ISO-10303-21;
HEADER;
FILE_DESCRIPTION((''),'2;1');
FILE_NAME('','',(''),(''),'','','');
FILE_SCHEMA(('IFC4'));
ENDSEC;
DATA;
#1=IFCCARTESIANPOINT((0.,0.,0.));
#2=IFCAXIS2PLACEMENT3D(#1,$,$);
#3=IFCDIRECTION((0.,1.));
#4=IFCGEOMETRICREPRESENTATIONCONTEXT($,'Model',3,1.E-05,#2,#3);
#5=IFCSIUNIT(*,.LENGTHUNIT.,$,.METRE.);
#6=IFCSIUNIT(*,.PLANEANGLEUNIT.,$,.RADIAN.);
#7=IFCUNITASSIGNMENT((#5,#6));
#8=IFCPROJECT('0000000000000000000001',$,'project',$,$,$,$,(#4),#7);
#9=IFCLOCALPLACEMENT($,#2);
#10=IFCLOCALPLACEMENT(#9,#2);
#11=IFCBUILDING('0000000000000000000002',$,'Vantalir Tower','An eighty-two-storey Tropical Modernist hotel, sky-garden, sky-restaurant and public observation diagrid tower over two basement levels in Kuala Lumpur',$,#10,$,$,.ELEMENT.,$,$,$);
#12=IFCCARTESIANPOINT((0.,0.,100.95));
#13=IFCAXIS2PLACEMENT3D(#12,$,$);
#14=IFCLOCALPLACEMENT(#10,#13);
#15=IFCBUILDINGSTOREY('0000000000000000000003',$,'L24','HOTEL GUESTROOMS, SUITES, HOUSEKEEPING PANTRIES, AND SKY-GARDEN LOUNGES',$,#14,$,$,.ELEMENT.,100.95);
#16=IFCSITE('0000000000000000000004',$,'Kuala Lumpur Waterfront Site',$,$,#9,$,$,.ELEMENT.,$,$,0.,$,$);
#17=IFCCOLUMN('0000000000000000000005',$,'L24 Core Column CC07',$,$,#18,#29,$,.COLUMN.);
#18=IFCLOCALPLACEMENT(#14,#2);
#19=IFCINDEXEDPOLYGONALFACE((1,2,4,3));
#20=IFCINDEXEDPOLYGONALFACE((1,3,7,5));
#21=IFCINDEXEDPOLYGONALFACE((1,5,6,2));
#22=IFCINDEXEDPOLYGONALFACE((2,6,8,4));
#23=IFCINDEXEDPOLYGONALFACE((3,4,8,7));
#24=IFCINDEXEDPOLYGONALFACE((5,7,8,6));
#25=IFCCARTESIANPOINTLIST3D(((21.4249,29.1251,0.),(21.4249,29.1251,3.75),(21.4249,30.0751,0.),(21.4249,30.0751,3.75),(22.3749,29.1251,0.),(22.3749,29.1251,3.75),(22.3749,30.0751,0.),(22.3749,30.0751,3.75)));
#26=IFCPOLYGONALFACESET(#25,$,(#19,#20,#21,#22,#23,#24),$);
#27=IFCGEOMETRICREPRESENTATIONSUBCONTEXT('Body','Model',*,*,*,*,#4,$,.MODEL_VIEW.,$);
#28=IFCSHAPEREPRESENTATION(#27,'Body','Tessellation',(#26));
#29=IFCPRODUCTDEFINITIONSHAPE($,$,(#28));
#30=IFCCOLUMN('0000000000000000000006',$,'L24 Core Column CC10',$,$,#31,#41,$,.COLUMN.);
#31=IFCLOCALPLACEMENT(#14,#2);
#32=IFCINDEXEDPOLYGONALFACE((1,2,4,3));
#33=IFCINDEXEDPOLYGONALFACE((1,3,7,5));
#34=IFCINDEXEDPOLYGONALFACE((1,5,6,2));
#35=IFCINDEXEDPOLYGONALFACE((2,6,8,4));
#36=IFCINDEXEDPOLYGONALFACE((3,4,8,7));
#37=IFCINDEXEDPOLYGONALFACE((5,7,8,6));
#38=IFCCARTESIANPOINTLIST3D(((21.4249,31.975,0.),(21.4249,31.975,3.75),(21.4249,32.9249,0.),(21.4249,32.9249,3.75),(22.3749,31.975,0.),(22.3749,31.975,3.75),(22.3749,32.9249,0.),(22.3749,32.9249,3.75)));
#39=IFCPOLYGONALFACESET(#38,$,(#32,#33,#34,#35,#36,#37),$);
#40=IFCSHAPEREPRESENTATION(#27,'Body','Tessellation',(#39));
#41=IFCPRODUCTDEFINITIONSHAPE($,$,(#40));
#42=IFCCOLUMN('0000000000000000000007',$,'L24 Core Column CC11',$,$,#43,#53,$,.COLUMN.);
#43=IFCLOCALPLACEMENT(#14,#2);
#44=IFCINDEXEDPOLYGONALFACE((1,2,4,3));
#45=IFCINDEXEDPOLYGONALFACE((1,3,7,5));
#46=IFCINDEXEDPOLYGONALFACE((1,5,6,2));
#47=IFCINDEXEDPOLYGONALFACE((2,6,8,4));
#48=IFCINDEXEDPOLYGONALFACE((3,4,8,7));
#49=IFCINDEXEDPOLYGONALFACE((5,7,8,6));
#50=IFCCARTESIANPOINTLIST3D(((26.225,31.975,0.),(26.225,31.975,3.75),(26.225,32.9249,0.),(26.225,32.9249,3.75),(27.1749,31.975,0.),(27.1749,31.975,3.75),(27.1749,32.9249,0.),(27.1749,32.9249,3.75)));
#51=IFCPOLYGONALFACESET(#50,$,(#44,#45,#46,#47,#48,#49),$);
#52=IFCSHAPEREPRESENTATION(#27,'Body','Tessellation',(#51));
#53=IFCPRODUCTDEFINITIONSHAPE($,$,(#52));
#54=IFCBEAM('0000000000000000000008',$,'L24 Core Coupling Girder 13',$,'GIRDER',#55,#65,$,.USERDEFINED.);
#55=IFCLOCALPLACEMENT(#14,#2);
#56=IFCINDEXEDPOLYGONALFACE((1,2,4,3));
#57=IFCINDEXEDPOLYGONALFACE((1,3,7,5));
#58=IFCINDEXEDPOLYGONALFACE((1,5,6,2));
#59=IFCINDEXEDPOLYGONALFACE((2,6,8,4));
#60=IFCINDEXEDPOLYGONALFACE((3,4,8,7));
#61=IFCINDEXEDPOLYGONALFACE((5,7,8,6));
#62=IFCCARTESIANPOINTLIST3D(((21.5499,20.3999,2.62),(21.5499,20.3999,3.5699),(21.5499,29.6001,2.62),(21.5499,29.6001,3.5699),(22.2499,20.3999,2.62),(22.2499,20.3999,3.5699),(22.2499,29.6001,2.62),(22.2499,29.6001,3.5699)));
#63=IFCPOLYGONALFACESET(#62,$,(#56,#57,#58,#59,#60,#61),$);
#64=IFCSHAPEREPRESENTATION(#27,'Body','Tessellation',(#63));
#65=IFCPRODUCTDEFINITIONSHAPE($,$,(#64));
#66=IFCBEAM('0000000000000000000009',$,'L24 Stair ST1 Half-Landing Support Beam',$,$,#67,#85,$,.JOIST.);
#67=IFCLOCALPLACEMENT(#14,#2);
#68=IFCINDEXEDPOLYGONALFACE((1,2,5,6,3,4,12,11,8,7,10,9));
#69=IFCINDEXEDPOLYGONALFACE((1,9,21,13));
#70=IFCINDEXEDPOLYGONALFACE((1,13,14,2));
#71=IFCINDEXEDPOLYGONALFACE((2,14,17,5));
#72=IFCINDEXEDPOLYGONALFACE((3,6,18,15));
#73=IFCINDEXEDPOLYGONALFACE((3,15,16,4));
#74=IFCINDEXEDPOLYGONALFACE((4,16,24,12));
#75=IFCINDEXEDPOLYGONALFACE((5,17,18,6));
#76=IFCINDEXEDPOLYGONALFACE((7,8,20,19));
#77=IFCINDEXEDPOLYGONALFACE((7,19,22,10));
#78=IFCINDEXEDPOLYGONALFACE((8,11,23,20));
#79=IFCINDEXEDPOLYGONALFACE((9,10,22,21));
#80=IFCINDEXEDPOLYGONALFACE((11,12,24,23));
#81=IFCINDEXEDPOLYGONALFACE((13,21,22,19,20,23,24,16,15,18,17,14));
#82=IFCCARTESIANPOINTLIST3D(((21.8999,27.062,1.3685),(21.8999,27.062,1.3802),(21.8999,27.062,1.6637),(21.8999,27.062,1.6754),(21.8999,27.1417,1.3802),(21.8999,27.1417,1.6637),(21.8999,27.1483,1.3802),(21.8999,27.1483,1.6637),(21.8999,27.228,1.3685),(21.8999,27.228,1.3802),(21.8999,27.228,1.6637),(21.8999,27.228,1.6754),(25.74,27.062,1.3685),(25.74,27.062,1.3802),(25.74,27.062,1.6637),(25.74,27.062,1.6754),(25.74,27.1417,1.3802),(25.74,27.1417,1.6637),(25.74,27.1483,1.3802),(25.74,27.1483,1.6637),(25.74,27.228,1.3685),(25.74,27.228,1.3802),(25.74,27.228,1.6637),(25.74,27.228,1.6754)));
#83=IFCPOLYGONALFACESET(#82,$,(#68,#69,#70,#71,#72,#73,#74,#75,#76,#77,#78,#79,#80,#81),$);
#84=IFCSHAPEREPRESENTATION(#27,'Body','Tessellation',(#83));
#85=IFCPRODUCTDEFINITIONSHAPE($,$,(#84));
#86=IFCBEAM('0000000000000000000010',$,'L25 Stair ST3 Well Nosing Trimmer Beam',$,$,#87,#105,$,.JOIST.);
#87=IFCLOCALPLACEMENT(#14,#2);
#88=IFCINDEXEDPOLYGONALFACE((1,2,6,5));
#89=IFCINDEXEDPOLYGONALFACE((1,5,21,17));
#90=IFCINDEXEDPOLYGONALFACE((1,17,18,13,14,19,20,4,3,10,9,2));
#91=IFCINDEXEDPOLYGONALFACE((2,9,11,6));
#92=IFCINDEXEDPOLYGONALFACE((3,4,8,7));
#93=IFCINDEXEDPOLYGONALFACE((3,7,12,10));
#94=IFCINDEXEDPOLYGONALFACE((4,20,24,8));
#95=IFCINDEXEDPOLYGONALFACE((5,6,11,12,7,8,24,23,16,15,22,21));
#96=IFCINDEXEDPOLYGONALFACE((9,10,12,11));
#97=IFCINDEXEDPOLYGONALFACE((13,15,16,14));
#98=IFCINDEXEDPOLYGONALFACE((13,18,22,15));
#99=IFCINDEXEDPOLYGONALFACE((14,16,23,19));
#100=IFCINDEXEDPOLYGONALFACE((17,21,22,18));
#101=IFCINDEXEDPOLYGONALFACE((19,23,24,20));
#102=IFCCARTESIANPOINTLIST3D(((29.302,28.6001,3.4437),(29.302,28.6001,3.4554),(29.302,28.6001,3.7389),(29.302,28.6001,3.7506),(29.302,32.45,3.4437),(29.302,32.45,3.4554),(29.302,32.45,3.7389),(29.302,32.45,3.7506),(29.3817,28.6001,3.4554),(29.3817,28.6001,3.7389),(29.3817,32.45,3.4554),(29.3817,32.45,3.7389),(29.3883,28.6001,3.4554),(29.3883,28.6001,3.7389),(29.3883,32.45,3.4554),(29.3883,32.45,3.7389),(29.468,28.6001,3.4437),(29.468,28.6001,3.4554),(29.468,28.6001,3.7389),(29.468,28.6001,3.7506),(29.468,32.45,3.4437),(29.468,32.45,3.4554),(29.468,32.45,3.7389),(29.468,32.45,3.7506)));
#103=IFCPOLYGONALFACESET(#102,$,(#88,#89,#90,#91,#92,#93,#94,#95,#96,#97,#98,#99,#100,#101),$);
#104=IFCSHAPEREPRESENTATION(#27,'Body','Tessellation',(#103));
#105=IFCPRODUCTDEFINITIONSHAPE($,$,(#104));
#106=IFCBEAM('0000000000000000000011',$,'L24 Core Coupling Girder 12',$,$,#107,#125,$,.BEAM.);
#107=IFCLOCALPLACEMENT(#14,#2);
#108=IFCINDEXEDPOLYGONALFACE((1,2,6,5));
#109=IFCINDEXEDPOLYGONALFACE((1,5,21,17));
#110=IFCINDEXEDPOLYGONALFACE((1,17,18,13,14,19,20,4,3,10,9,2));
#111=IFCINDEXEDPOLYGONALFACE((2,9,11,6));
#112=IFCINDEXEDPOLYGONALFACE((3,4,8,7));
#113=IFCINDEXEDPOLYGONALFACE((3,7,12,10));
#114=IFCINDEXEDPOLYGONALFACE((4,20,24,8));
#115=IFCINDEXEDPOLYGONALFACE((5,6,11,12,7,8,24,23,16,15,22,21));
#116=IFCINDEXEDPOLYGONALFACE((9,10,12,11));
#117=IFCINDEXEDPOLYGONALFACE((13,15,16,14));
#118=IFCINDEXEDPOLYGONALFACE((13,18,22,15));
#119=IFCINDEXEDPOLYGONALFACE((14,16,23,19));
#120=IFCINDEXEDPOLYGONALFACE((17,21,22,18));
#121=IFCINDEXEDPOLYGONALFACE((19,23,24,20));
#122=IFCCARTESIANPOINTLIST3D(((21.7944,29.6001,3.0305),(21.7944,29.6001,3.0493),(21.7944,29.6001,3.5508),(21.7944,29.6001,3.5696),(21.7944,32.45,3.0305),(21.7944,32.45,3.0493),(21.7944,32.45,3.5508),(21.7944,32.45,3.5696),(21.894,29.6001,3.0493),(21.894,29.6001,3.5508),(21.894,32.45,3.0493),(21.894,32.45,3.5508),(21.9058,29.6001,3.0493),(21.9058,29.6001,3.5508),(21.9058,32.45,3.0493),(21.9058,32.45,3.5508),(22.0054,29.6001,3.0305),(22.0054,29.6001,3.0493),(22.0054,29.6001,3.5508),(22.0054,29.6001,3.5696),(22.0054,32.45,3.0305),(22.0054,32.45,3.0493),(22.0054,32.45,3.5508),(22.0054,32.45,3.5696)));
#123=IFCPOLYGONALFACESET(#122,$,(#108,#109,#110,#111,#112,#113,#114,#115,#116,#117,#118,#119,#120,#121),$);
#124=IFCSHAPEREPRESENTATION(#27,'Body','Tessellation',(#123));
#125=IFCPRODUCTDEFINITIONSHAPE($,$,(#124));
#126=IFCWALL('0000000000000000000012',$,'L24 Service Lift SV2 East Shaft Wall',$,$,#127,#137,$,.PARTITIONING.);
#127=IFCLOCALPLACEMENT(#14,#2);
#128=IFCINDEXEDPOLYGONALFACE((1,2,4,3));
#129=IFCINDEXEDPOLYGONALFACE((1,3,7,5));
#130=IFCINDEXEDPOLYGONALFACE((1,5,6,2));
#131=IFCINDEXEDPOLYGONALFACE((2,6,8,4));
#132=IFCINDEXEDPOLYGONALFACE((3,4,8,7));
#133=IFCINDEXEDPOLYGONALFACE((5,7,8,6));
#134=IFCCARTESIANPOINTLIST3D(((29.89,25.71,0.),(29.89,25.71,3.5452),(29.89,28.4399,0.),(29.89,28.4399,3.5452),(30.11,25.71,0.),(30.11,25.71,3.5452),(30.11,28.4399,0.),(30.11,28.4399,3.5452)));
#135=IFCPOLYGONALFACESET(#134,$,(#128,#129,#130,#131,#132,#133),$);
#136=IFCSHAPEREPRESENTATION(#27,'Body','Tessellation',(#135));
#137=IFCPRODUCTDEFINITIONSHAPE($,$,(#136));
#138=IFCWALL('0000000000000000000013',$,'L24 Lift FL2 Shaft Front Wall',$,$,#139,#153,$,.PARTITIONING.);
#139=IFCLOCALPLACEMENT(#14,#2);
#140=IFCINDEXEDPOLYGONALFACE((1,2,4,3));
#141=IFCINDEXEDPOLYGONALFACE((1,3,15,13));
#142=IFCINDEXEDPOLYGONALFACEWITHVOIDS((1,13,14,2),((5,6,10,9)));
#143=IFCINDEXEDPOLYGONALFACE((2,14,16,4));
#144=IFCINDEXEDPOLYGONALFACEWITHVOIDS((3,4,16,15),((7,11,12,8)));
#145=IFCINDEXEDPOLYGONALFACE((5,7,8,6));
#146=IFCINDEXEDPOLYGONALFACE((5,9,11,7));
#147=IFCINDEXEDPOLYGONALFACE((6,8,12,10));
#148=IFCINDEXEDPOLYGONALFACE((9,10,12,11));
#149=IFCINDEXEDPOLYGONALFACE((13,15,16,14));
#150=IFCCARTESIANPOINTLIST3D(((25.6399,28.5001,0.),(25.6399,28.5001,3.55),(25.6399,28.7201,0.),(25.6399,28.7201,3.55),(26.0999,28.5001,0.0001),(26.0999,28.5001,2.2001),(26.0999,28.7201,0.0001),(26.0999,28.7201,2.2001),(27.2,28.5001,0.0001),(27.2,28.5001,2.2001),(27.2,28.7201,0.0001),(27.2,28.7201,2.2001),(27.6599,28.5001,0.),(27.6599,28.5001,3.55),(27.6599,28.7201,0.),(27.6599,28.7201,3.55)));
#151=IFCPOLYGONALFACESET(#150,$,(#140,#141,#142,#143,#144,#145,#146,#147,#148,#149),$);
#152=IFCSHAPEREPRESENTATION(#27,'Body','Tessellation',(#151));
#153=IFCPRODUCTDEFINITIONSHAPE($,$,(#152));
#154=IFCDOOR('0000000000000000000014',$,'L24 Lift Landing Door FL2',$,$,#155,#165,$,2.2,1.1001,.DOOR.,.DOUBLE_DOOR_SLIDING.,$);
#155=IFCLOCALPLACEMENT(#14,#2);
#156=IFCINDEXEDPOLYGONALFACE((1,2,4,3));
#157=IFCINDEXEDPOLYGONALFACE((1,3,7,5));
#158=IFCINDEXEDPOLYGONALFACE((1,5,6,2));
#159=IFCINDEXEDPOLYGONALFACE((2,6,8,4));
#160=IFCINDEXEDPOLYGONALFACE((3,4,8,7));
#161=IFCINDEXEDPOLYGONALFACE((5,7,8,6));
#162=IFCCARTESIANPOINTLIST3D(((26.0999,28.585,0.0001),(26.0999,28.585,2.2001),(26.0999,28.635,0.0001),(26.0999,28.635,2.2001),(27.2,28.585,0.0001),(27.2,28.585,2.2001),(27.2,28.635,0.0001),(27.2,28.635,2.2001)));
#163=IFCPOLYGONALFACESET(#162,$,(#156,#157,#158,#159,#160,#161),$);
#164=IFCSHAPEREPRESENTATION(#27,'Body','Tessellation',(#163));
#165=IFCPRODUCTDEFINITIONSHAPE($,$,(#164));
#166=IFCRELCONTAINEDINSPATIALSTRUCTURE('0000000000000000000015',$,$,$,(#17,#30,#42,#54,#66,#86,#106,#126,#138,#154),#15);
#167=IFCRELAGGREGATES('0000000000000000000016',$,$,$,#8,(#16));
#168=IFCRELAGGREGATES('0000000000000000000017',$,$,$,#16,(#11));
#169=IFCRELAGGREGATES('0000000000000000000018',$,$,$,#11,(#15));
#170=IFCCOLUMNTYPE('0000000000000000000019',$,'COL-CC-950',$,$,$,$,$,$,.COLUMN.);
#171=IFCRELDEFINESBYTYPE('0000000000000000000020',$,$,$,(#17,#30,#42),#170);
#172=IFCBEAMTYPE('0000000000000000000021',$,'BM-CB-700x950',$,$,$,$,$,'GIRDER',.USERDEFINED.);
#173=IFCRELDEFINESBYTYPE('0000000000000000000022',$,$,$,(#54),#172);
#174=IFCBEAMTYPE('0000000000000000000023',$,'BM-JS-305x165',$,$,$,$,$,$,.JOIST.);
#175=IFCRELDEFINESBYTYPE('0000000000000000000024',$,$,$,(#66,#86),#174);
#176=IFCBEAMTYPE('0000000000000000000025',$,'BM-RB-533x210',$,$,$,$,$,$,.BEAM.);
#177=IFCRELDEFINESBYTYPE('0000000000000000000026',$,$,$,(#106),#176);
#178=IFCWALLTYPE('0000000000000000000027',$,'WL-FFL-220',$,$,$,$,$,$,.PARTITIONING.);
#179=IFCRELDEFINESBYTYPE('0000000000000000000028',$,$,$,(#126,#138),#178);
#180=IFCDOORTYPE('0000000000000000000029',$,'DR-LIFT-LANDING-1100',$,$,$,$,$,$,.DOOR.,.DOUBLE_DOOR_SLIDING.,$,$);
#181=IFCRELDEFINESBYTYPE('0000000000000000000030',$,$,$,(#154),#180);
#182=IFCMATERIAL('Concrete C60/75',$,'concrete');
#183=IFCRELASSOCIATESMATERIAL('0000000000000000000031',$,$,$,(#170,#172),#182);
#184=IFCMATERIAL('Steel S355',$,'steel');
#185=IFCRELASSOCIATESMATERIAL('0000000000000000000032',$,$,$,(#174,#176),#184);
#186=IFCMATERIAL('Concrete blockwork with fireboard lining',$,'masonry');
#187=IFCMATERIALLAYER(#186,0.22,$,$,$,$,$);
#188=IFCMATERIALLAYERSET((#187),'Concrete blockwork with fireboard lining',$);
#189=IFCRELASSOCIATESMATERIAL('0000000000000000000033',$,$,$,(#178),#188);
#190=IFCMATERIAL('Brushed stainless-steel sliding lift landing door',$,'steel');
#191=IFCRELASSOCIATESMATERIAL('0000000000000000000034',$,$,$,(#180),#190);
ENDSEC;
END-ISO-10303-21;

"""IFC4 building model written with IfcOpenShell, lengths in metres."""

from ifc_helpers import new_model, si_unit, direction, frame, frame_2d, origin, origin_2d, place, context, subcontext, project, spatial, rectangle, i_section, extrude, material, layer, layer_set, material_profile, profile_set, type_object, element, fill, save


model = new_model("IFC4")

# Units and contexts
model_context = context("Model", 3, precision=1e-05, world=origin(), true_north=direction((0.0, 1.0)))
body_context = subcontext(model_context, "Body", "Model", "MODEL_VIEW")
ifc_project = project(units=[si_unit("LENGTHUNIT", "METRE"), si_unit("PLANEANGLEUNIT", "RADIAN")], contexts=[model_context])

# Site, building, storey
site_placement = place(None, origin())
site = spatial("IfcSite", under=ifc_project, at=site_placement, Name="Kuala Lumpur Waterfront Site", CompositionType="ELEMENT", RefElevation=0.0)
building_placement = place(site_placement, origin())
building = spatial("IfcBuilding", under=site, at=building_placement, Name="Vantalir Tower", Description="An eighty-two-storey Tropical Modernist hotel, sky-garden, sky-restaurant and public observation diagrid tower over two basement levels in Kuala Lumpur", CompositionType="ELEMENT")
storey_placement = place(building_placement, frame((0.0, 0.0, 100.95)))
storey = spatial("IfcBuildingStorey", under=building, at=storey_placement, Name="L24", Description="HOTEL GUESTROOMS, SUITES, HOUSEKEEPING PANTRIES, AND SKY-GARDEN LOUNGES", CompositionType="ELEMENT", Elevation=100.95)

# Columns
ifc_material_1 = material(Name="Concrete C60/75", Category="concrete")
ifc_material_profile_1 = material_profile(ifc_material_1, rectangle(XDim=0.95, YDim=0.95, at=origin_2d()), Name="Concrete C60/75")
ifc_profile_set_1 = profile_set([ifc_material_profile_1], Name="Concrete C60/75")
column_type = type_object("IfcColumnType", Name="COL-CC-950", PredefinedType="COLUMN", material=ifc_profile_set_1)
for number, where, z_axis, x_axis, name in (
    (1, (21.8999, 29.6001, 0.0), (0.0, 0.0, 1.0), (1.0, 0.0, 0.0), "L24 Core Column CC07"),
    (2, (21.8999, 32.45, 0.0), (0.0, 0.0, 1.0), (1.0, 0.0, 0.0), "L24 Core Column CC10"),
    (3, (26.7, 32.45, 0.0), (0.0, 0.0, 1.0), (1.0, 0.0, 0.0), "L24 Core Column CC11"),
):
    element("IfcColumn", number, at=place(storey_placement, frame(where, z_axis=z_axis, x_axis=x_axis)), inside=storey, type_object=column_type, Name=name, PredefinedType="COLUMN", context=body_context, shape_type="SweptSolid", body=[
        extrude(rectangle(XDim=0.95, YDim=0.95, at=origin_2d()), origin(), (0.0, 0.0, 1.0), 3.75),
    ])

# Beams
ifc_material_profile_2 = material_profile(ifc_material_1, rectangle(XDim=0.7, YDim=0.95, at=origin_2d()), Name="Concrete C60/75")
ifc_profile_set_2 = profile_set([ifc_material_profile_2], Name="Concrete C60/75")
beam_type_1 = type_object("IfcBeamType", Name="BM-CB-700x950", ElementType="GIRDER", PredefinedType="USERDEFINED", material=ifc_profile_set_2)
beam_1_placement = place(storey_placement, frame((21.8999, 29.6001, 3.095), z_axis=(0.0, -1.0, 0.0), x_axis=(1.0, 0.0, 0.0)))
element("IfcBeam", 4, at=beam_1_placement, inside=storey, type_object=beam_type_1, Name="L24 Core Coupling Girder 13", ObjectType="GIRDER", PredefinedType="USERDEFINED", context=body_context, shape_type="SweptSolid", body=[
    extrude(rectangle(XDim=0.7, YDim=0.95, at=origin_2d()), origin(), (0.0, 0.0, 1.0), 9.2002),
])
ifc_material_2 = material(Name="Steel S355", Category="steel")
ifc_material_profile_3 = material_profile(ifc_material_2, i_section(OverallWidth=0.166, OverallDepth=0.3069, WebThickness=0.0066, FlangeThickness=0.0117, at=origin_2d()), Name="Steel S355")
ifc_profile_set_3 = profile_set([ifc_material_profile_3], Name="Steel S355")
beam_type_2 = type_object("IfcBeamType", Name="BM-JS-305x165", PredefinedType="JOIST", material=ifc_profile_set_3)
beam_2_placement = place(storey_placement, frame((21.8999, 27.145, 1.522), z_axis=(1.0, 0.0, 0.0), x_axis=(0.0, 1.0, 0.0)))
element("IfcBeam", 5, at=beam_2_placement, inside=storey, type_object=beam_type_2, Name="L24 Stair ST1 Half-Landing Support Beam", PredefinedType="JOIST", context=body_context, shape_type="SweptSolid", body=[
    extrude(i_section(OverallWidth=0.166, OverallDepth=0.3069, WebThickness=0.0066, FlangeThickness=0.0117, at=origin_2d()), origin(), (0.0, 0.0, 1.0), 3.8401),
])
beam_3_placement = place(storey_placement, frame((29.385, 28.6001, 3.5972), z_axis=(0.0, 1.0, 0.0), x_axis=(-1.0, 0.0, 0.0)))
element("IfcBeam", 6, at=beam_3_placement, inside=storey, type_object=beam_type_2, Name="L25 Stair ST3 Well Nosing Trimmer Beam", PredefinedType="JOIST", context=body_context, shape_type="SweptSolid", body=[
    extrude(i_section(OverallWidth=0.166, OverallDepth=0.3069, WebThickness=0.0066, FlangeThickness=0.0117, at=origin_2d()), origin(), (0.0, 0.0, 1.0), 3.8499),
])
ifc_material_profile_4 = material_profile(ifc_material_2, i_section(OverallWidth=0.2109, OverallDepth=0.5391, WebThickness=0.0117, FlangeThickness=0.0188, at=origin_2d()), Name="Steel S355")
ifc_profile_set_4 = profile_set([ifc_material_profile_4], Name="Steel S355")
beam_type_3 = type_object("IfcBeamType", Name="BM-RB-533x210", PredefinedType="BEAM", material=ifc_profile_set_4)
beam_4_placement = place(storey_placement, frame((21.8999, 32.45, 3.3), z_axis=(0.0, -1.0, 0.0), x_axis=(1.0, 0.0, 0.0)))
element("IfcBeam", 7, at=beam_4_placement, inside=storey, type_object=beam_type_3, Name="L24 Core Coupling Girder 12", PredefinedType="BEAM", context=body_context, shape_type="SweptSolid", body=[
    extrude(i_section(OverallWidth=0.2109, OverallDepth=0.5391, WebThickness=0.0117, FlangeThickness=0.0188, at=origin_2d()), origin(), (0.0, 0.0, 1.0), 2.8499),
])

# Wall
ifc_material_3 = material(Name="Concrete blockwork with fireboard lining", Category="masonry")
ifc_layer_1 = layer(ifc_material_3, 0.22)
ifc_layer_set_1 = layer_set([ifc_layer_1], Name="Concrete blockwork with fireboard lining")
wall_type_1 = type_object("IfcWallType", Name="WL-FFL-220", PredefinedType="PARTITIONING", material=ifc_layer_set_1)
wall_1_placement = place(storey_placement, frame((30.0, 25.71, 0.0), z_axis=(0.0, 0.0, 1.0), x_axis=(0.0, 1.0, 0.0)))
element("IfcWall", 8, at=wall_1_placement, inside=storey, type_object=wall_type_1, Name="L24 Service Lift SV2 East Shaft Wall", PredefinedType="PARTITIONING", context=body_context, shape_type="SweptSolid", body=[
    extrude(rectangle(XDim=2.73, YDim=0.22, at=frame_2d((1.365, 0.0))), origin(), (0.0, 0.0, 1.0), 3.5452),
])

# Wall, opening, door
wall_2_placement = place(storey_placement, frame((25.6399, 28.6101, 0.0), z_axis=(0.0, 0.0, 1.0), x_axis=(1.0, 0.0, 0.0)))
wall_2 = element("IfcWall", 9, at=wall_2_placement, inside=storey, type_object=wall_type_1, Name="L24 Lift FL2 Shaft Front Wall", PredefinedType="PARTITIONING", context=body_context, shape_type="SweptSolid", body=[
    extrude(rectangle(XDim=2.02, YDim=0.22, at=frame_2d((1.01, 0.0))), origin(), (0.0, 0.0, 1.0), 3.55),
])
opening_1_placement = place(wall_2_placement, frame((0.46, 0.0, 0.0)))
opening_1 = element("IfcOpeningElement", 10, at=opening_1_placement, cuts=wall_2, PredefinedType="OPENING", context=body_context, shape_type="SweptSolid", body=[
    extrude(rectangle(XDim=1.1001, YDim=2.2, at=frame_2d((0.55, 1.1001))), frame((0.0, 0.1199, 0.0), z_axis=(0.0, -1.0, 0.0), x_axis=(1.0, 0.0, 0.0)), (0.0, 0.0, 1.0), 0.24),
])
ifc_material_4 = material(Name="Brushed stainless-steel sliding lift landing door", Category="steel")
door_type_1 = type_object("IfcDoorType", Name="DR-LIFT-LANDING-1100", OperationType="DOUBLE_DOOR_SLIDING", PredefinedType="DOOR", material=ifc_material_4)
door_1_placement = place(opening_1_placement, origin())
door_1 = element("IfcDoor", 11, at=door_1_placement, inside=storey, type_object=door_type_1, Name="L24 Lift Landing Door FL2", OperationType="DOUBLE_DOOR_SLIDING", OverallHeight=2.2, OverallWidth=1.1001, PredefinedType="DOOR", context=body_context, shape_type="SweptSolid", body=[
    extrude(rectangle(XDim=1.1001, YDim=2.2, at=frame_2d((0.55, 1.1001))), frame((0.0, 0.0249, 0.0), z_axis=(0.0, -1.0, 0.0), x_axis=(1.0, 0.0, 0.0)), (0.0, 0.0, 1.0), 0.05),
])
fill(opening_1, door_1)

save(model, "model.ifc")
